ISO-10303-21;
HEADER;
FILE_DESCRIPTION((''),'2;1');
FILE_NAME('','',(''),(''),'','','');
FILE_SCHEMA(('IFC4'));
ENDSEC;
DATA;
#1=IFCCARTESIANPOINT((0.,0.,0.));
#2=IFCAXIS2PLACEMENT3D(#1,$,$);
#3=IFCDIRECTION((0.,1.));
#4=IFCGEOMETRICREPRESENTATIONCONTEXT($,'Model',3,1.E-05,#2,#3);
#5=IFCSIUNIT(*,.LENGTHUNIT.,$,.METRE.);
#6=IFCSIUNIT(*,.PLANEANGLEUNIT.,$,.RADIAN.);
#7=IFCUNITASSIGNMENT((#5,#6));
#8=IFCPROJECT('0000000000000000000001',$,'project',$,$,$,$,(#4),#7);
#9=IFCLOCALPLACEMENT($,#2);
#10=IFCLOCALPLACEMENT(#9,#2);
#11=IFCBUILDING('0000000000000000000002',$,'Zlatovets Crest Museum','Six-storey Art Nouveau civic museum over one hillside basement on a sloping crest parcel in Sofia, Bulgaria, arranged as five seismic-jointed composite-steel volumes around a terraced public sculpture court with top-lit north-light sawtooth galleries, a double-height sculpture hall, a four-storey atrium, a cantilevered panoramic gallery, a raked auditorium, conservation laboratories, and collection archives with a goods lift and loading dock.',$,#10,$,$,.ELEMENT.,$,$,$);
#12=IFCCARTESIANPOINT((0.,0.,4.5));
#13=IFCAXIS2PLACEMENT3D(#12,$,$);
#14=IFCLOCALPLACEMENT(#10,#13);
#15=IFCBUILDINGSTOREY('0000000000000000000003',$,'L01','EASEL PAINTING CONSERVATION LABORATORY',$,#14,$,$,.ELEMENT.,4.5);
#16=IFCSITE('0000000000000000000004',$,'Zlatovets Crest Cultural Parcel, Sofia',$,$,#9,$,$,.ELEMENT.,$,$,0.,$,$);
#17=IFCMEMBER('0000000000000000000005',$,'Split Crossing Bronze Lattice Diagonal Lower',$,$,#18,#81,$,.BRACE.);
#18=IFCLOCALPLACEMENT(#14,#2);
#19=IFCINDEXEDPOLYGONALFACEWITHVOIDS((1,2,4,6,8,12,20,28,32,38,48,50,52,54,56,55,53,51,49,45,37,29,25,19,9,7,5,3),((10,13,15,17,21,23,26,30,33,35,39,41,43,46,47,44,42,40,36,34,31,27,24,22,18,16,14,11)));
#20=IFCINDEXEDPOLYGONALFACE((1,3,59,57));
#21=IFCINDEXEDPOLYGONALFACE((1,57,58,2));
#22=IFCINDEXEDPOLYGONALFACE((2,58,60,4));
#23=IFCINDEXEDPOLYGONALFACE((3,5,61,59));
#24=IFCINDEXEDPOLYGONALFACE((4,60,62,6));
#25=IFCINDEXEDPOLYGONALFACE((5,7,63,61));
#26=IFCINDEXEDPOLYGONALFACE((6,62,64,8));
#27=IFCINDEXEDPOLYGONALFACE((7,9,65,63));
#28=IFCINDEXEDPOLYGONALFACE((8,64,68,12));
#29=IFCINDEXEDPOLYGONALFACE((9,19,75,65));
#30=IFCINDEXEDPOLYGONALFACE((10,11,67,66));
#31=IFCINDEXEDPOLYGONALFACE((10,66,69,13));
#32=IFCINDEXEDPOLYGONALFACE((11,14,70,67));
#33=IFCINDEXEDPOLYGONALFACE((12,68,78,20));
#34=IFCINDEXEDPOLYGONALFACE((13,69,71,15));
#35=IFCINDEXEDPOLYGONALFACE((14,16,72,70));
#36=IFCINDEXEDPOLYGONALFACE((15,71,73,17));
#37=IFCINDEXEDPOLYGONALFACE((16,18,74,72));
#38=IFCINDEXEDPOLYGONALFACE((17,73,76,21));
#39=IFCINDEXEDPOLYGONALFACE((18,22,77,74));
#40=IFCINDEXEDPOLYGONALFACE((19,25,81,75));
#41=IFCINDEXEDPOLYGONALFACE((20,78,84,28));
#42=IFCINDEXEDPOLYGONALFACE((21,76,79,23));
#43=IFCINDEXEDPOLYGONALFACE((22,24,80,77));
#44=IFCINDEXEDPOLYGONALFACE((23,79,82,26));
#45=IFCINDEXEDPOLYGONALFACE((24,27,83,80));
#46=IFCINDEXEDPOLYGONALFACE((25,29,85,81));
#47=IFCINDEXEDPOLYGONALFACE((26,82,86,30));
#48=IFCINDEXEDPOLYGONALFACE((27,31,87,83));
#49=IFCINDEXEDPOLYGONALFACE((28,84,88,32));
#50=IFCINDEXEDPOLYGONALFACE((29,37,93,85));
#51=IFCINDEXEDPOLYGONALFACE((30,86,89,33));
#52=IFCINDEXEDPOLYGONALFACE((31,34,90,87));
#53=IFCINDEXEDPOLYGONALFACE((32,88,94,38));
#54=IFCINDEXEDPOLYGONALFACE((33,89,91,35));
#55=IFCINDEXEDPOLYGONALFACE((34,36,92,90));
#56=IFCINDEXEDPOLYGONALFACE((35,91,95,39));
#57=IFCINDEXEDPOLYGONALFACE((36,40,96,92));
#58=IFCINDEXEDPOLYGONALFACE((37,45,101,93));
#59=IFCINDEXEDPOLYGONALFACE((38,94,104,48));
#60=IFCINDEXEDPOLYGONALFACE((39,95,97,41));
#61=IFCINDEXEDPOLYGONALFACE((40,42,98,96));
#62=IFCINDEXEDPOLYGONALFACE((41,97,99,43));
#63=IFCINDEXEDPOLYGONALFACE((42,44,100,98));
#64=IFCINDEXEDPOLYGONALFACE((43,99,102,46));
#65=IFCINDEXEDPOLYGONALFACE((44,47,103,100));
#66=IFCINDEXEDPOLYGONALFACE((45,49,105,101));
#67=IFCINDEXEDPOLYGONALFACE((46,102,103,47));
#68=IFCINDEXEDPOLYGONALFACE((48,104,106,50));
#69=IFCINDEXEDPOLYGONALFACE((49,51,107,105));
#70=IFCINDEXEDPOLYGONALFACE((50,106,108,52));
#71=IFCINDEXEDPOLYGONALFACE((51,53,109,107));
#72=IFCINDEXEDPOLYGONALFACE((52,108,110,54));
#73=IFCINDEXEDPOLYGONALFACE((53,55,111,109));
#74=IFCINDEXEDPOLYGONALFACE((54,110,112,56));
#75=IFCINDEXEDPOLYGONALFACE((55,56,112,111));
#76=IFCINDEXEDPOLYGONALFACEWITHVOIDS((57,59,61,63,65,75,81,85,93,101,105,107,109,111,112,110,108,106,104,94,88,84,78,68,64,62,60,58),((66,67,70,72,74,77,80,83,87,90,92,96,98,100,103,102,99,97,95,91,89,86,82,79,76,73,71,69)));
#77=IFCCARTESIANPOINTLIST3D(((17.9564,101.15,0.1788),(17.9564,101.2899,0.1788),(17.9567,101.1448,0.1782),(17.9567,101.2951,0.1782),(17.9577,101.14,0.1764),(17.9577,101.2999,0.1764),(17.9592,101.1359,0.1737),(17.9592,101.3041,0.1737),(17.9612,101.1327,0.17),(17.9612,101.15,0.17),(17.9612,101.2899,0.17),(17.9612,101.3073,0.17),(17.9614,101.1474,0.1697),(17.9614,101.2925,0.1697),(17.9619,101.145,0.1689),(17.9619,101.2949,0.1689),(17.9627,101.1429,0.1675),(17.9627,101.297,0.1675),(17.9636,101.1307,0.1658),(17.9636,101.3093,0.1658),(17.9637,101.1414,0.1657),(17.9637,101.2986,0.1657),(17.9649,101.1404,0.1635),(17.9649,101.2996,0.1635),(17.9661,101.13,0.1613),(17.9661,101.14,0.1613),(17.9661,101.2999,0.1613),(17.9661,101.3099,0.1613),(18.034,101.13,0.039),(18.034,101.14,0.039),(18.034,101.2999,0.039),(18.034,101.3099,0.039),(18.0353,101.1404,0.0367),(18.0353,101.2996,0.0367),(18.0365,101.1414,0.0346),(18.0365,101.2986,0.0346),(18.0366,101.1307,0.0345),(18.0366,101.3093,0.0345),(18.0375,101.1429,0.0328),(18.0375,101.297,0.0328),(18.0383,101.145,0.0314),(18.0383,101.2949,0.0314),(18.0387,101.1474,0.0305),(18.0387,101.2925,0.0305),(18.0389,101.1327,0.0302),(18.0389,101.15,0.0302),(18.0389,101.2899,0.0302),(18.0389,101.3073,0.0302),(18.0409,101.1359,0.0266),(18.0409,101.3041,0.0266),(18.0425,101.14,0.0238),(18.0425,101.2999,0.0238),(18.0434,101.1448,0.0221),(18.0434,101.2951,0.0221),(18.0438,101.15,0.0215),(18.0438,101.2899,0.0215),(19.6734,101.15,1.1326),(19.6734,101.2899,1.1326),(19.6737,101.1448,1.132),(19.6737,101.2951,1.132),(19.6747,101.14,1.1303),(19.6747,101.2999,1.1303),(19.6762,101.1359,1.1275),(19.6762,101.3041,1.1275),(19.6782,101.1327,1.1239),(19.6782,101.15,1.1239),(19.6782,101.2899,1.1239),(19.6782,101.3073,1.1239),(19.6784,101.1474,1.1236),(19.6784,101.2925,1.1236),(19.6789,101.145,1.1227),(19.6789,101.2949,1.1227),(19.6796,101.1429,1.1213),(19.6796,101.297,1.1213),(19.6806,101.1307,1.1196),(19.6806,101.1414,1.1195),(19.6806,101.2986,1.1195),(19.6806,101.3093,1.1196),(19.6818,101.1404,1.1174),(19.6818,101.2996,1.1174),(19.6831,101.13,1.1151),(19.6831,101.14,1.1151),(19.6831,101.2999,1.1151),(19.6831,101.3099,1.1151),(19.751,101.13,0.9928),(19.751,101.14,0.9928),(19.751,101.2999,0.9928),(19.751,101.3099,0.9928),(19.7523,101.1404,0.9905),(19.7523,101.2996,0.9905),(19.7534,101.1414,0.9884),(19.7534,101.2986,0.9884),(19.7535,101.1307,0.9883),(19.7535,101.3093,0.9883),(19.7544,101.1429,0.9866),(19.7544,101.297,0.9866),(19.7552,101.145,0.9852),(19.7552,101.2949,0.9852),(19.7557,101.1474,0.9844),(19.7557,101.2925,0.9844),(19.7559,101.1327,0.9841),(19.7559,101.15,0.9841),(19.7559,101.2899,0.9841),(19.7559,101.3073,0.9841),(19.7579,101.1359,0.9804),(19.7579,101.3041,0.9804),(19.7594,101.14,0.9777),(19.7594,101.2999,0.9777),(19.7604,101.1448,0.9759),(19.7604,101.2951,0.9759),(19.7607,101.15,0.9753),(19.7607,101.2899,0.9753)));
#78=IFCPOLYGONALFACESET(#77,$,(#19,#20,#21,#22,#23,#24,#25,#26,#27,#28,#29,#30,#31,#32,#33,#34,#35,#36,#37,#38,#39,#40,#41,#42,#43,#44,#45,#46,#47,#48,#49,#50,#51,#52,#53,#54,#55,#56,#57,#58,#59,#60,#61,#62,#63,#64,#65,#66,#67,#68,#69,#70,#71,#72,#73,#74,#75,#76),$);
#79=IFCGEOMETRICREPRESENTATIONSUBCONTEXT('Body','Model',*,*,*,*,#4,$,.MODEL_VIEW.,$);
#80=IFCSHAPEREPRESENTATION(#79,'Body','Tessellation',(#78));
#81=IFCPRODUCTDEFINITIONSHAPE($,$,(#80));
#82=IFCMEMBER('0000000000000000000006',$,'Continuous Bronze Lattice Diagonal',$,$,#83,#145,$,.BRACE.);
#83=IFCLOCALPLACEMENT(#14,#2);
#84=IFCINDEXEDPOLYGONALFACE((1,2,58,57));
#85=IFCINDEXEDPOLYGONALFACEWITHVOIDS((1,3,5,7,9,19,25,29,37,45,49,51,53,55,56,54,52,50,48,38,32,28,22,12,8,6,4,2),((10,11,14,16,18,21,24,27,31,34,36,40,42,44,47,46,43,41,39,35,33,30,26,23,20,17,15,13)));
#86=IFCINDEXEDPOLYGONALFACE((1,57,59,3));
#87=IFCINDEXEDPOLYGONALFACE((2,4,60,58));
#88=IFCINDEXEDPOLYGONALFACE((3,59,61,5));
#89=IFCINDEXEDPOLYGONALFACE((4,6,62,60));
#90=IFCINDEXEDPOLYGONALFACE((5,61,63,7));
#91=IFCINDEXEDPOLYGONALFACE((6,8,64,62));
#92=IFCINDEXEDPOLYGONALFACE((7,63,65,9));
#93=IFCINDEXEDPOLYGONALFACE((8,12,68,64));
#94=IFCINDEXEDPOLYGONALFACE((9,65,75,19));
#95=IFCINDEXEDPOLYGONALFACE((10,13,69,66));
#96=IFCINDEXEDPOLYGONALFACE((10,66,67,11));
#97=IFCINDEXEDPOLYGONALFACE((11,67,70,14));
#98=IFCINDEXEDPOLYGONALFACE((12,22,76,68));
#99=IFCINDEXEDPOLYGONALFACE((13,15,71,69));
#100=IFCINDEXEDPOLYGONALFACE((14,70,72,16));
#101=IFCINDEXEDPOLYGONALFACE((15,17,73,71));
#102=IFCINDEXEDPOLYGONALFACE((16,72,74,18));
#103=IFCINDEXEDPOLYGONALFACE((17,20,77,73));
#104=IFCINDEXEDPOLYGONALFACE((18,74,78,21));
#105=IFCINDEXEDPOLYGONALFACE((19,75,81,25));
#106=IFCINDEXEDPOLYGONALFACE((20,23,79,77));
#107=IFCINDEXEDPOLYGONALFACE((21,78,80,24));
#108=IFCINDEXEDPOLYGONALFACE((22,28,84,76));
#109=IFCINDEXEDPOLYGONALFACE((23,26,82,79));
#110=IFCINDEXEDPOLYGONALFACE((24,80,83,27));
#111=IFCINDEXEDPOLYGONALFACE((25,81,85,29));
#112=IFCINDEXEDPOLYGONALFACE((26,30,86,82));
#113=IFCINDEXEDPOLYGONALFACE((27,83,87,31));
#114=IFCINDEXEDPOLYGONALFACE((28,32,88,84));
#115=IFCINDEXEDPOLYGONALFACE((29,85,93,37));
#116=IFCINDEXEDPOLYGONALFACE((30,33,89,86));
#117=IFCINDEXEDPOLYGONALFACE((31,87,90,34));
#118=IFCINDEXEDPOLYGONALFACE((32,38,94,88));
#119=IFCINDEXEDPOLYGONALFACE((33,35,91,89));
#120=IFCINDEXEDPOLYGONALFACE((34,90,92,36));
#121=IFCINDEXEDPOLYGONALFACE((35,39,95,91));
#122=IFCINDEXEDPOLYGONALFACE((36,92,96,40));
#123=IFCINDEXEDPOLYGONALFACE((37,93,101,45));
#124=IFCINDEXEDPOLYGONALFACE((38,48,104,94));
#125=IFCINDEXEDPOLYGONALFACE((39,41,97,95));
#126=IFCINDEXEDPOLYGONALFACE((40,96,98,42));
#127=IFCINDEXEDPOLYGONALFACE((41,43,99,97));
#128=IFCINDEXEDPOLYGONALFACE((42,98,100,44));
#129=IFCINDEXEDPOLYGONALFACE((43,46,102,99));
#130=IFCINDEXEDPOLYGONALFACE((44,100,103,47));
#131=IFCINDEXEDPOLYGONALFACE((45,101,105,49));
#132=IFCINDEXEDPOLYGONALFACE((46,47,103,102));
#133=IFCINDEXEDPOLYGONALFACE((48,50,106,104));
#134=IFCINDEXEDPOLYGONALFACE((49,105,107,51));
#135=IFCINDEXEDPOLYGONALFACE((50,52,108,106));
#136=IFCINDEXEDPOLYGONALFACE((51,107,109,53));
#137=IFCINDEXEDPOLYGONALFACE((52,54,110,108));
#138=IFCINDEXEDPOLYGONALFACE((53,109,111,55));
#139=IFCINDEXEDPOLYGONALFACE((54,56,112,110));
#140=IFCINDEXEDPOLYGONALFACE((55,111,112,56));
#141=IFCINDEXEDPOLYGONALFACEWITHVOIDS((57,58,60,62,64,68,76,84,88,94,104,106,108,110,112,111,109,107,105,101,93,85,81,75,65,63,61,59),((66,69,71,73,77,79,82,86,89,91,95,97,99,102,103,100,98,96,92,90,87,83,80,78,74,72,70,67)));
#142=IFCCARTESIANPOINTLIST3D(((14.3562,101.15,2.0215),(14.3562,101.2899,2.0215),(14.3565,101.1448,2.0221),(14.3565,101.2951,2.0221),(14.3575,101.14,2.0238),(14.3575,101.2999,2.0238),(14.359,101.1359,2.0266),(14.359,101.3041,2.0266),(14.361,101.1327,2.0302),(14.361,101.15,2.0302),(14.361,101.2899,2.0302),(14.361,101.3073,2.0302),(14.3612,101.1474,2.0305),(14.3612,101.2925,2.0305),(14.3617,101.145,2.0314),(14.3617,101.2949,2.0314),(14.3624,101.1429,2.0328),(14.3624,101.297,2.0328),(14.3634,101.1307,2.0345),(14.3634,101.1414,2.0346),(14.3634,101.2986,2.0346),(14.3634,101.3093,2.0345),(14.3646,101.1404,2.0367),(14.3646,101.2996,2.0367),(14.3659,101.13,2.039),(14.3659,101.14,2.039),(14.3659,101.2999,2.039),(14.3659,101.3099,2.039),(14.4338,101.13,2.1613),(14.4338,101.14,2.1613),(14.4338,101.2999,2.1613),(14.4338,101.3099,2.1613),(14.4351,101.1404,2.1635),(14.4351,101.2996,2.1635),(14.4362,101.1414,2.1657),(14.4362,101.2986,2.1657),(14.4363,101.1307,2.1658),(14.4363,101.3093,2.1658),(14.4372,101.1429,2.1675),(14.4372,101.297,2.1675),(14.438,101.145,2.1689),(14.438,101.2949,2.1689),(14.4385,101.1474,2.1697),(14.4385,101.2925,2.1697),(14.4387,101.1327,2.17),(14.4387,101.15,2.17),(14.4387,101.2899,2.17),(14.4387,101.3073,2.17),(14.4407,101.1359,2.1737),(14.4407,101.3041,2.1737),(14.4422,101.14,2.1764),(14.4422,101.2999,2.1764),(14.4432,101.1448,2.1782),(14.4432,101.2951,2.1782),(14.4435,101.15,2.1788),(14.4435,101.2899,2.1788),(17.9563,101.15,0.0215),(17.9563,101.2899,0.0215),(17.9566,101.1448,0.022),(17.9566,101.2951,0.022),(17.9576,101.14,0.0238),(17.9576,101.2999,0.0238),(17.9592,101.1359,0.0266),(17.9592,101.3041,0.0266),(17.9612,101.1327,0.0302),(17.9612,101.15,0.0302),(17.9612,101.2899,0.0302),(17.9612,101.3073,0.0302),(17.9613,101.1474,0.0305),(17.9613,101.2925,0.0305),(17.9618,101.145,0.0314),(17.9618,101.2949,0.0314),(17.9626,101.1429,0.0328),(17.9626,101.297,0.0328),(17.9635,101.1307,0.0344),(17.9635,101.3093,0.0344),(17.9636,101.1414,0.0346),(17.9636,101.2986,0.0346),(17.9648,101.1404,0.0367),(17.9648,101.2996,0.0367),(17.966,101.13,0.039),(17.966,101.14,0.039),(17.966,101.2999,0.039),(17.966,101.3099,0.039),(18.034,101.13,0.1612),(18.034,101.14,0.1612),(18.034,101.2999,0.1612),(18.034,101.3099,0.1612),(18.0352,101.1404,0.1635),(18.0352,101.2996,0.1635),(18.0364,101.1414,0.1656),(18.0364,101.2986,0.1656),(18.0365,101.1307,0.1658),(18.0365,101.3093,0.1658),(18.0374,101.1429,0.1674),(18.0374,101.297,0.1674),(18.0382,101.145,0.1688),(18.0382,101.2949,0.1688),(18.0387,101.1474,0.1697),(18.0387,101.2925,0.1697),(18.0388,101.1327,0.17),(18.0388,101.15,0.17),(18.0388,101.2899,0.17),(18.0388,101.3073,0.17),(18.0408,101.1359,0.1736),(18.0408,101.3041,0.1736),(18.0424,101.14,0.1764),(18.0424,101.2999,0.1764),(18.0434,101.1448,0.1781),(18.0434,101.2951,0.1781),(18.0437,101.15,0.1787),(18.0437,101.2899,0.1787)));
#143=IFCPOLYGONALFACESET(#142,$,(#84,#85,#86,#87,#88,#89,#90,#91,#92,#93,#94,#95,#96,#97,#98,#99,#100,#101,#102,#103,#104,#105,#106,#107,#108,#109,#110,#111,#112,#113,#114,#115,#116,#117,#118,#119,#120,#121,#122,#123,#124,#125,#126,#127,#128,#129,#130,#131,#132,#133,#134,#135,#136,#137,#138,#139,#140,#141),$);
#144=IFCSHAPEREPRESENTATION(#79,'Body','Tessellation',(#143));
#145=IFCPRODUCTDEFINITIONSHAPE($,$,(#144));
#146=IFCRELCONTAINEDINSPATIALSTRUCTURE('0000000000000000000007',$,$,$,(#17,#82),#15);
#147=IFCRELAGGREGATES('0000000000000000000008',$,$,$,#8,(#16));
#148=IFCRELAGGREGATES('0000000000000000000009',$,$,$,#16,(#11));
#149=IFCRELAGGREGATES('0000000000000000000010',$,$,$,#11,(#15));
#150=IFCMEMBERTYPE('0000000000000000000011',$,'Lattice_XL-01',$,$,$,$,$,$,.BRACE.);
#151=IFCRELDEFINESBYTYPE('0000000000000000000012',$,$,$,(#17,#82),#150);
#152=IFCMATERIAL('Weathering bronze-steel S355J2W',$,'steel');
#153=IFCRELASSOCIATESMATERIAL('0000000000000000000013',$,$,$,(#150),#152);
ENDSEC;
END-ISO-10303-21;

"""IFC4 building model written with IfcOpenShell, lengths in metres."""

from ifc_helpers import new_model, si_unit, direction, frame, origin, origin_2d, place, context, subcontext, project, spatial, hollow_rectangle, extrude, material, material_profile, profile_set, type_object, element, save


model = new_model("IFC4")

# Units and contexts
model_context = context("Model", 3, precision=1e-05, world=origin(), true_north=direction((0.0, 1.0)))
body_context = subcontext(model_context, "Body", "Model", "MODEL_VIEW")
ifc_project = project(units=[si_unit("LENGTHUNIT", "METRE"), si_unit("PLANEANGLEUNIT", "RADIAN")], contexts=[model_context])

# Site, building, storey
site_placement = place(None, origin())
site = spatial("IfcSite", under=ifc_project, at=site_placement, Name="Zlatovets Crest Cultural Parcel, Sofia", CompositionType="ELEMENT", RefElevation=0.0)
building_placement = place(site_placement, origin())
building = spatial("IfcBuilding", under=site, at=building_placement, Name="Zlatovets Crest Museum", Description="Six-storey Art Nouveau civic museum over one hillside basement on a sloping crest parcel in Sofia, Bulgaria, arranged as five seismic-jointed composite-steel volumes around a terraced public sculpture court with top-lit north-light sawtooth galleries, a double-height sculpture hall, a four-storey atrium, a cantilevered panoramic gallery, a raked auditorium, conservation laboratories, and collection archives with a goods lift and loading dock.", CompositionType="ELEMENT")
storey_placement = place(building_placement, frame((0.0, 0.0, 4.5)))
storey = spatial("IfcBuildingStorey", under=building, at=storey_placement, Name="L01", Description="EASEL PAINTING CONSERVATION LABORATORY", CompositionType="ELEMENT", Elevation=4.5)

# Members
ifc_material_1 = material(Name="Weathering bronze-steel S355J2W", Category="steel")
ifc_material_profile_1 = material_profile(ifc_material_1, hollow_rectangle(XDim=0.1799, YDim=0.1799, WallThickness=0.01, InnerFilletRadius=0.01, OuterFilletRadius=0.02, at=origin_2d()), Name="SHS 180x180x10.0")
ifc_profile_set_1 = profile_set([ifc_material_profile_1], Name="Weathering bronze-steel S355J2W")
member_type_1 = type_object("IfcMemberType", Name="Lattice_XL-01", PredefinedType="BRACE", material=ifc_profile_set_1)
member_1_placement = place(storey_placement, frame((19.717, 101.22, 1.054), z_axis=(-0.874169, 0.0, -0.485622), x_axis=(0.0, -1.0, 0.0)))
element("IfcMember", 1, at=member_1_placement, inside=storey, type_object=member_type_1, Name="Split Crossing Bronze Lattice Diagonal Lower", PredefinedType="BRACE", context=body_context, shape_type="SweptSolid", body=[
    extrude(hollow_rectangle(XDim=0.1799, YDim=0.1799, WallThickness=0.01, InnerFilletRadius=0.01, OuterFilletRadius=0.02, at=origin_2d()), origin(), (0.0, 0.0, 1.0), 1.9641),
])
member_2_placement = place(storey_placement, frame((18.0, 101.22, 0.1001), z_axis=(-0.874163, 0.0, 0.485633), x_axis=(0.0, -1.0, 0.0)))
element("IfcMember", 2, at=member_2_placement, inside=storey, type_object=member_type_1, Name="Continuous Bronze Lattice Diagonal", PredefinedType="BRACE", context=body_context, shape_type="SweptSolid", body=[
    extrude(hollow_rectangle(XDim=0.1799, YDim=0.1799, WallThickness=0.01, InnerFilletRadius=0.01, OuterFilletRadius=0.02, at=origin_2d()), origin(), (0.0, 0.0, 1.0), 4.1184),
])

save(model, "model.ifc")
